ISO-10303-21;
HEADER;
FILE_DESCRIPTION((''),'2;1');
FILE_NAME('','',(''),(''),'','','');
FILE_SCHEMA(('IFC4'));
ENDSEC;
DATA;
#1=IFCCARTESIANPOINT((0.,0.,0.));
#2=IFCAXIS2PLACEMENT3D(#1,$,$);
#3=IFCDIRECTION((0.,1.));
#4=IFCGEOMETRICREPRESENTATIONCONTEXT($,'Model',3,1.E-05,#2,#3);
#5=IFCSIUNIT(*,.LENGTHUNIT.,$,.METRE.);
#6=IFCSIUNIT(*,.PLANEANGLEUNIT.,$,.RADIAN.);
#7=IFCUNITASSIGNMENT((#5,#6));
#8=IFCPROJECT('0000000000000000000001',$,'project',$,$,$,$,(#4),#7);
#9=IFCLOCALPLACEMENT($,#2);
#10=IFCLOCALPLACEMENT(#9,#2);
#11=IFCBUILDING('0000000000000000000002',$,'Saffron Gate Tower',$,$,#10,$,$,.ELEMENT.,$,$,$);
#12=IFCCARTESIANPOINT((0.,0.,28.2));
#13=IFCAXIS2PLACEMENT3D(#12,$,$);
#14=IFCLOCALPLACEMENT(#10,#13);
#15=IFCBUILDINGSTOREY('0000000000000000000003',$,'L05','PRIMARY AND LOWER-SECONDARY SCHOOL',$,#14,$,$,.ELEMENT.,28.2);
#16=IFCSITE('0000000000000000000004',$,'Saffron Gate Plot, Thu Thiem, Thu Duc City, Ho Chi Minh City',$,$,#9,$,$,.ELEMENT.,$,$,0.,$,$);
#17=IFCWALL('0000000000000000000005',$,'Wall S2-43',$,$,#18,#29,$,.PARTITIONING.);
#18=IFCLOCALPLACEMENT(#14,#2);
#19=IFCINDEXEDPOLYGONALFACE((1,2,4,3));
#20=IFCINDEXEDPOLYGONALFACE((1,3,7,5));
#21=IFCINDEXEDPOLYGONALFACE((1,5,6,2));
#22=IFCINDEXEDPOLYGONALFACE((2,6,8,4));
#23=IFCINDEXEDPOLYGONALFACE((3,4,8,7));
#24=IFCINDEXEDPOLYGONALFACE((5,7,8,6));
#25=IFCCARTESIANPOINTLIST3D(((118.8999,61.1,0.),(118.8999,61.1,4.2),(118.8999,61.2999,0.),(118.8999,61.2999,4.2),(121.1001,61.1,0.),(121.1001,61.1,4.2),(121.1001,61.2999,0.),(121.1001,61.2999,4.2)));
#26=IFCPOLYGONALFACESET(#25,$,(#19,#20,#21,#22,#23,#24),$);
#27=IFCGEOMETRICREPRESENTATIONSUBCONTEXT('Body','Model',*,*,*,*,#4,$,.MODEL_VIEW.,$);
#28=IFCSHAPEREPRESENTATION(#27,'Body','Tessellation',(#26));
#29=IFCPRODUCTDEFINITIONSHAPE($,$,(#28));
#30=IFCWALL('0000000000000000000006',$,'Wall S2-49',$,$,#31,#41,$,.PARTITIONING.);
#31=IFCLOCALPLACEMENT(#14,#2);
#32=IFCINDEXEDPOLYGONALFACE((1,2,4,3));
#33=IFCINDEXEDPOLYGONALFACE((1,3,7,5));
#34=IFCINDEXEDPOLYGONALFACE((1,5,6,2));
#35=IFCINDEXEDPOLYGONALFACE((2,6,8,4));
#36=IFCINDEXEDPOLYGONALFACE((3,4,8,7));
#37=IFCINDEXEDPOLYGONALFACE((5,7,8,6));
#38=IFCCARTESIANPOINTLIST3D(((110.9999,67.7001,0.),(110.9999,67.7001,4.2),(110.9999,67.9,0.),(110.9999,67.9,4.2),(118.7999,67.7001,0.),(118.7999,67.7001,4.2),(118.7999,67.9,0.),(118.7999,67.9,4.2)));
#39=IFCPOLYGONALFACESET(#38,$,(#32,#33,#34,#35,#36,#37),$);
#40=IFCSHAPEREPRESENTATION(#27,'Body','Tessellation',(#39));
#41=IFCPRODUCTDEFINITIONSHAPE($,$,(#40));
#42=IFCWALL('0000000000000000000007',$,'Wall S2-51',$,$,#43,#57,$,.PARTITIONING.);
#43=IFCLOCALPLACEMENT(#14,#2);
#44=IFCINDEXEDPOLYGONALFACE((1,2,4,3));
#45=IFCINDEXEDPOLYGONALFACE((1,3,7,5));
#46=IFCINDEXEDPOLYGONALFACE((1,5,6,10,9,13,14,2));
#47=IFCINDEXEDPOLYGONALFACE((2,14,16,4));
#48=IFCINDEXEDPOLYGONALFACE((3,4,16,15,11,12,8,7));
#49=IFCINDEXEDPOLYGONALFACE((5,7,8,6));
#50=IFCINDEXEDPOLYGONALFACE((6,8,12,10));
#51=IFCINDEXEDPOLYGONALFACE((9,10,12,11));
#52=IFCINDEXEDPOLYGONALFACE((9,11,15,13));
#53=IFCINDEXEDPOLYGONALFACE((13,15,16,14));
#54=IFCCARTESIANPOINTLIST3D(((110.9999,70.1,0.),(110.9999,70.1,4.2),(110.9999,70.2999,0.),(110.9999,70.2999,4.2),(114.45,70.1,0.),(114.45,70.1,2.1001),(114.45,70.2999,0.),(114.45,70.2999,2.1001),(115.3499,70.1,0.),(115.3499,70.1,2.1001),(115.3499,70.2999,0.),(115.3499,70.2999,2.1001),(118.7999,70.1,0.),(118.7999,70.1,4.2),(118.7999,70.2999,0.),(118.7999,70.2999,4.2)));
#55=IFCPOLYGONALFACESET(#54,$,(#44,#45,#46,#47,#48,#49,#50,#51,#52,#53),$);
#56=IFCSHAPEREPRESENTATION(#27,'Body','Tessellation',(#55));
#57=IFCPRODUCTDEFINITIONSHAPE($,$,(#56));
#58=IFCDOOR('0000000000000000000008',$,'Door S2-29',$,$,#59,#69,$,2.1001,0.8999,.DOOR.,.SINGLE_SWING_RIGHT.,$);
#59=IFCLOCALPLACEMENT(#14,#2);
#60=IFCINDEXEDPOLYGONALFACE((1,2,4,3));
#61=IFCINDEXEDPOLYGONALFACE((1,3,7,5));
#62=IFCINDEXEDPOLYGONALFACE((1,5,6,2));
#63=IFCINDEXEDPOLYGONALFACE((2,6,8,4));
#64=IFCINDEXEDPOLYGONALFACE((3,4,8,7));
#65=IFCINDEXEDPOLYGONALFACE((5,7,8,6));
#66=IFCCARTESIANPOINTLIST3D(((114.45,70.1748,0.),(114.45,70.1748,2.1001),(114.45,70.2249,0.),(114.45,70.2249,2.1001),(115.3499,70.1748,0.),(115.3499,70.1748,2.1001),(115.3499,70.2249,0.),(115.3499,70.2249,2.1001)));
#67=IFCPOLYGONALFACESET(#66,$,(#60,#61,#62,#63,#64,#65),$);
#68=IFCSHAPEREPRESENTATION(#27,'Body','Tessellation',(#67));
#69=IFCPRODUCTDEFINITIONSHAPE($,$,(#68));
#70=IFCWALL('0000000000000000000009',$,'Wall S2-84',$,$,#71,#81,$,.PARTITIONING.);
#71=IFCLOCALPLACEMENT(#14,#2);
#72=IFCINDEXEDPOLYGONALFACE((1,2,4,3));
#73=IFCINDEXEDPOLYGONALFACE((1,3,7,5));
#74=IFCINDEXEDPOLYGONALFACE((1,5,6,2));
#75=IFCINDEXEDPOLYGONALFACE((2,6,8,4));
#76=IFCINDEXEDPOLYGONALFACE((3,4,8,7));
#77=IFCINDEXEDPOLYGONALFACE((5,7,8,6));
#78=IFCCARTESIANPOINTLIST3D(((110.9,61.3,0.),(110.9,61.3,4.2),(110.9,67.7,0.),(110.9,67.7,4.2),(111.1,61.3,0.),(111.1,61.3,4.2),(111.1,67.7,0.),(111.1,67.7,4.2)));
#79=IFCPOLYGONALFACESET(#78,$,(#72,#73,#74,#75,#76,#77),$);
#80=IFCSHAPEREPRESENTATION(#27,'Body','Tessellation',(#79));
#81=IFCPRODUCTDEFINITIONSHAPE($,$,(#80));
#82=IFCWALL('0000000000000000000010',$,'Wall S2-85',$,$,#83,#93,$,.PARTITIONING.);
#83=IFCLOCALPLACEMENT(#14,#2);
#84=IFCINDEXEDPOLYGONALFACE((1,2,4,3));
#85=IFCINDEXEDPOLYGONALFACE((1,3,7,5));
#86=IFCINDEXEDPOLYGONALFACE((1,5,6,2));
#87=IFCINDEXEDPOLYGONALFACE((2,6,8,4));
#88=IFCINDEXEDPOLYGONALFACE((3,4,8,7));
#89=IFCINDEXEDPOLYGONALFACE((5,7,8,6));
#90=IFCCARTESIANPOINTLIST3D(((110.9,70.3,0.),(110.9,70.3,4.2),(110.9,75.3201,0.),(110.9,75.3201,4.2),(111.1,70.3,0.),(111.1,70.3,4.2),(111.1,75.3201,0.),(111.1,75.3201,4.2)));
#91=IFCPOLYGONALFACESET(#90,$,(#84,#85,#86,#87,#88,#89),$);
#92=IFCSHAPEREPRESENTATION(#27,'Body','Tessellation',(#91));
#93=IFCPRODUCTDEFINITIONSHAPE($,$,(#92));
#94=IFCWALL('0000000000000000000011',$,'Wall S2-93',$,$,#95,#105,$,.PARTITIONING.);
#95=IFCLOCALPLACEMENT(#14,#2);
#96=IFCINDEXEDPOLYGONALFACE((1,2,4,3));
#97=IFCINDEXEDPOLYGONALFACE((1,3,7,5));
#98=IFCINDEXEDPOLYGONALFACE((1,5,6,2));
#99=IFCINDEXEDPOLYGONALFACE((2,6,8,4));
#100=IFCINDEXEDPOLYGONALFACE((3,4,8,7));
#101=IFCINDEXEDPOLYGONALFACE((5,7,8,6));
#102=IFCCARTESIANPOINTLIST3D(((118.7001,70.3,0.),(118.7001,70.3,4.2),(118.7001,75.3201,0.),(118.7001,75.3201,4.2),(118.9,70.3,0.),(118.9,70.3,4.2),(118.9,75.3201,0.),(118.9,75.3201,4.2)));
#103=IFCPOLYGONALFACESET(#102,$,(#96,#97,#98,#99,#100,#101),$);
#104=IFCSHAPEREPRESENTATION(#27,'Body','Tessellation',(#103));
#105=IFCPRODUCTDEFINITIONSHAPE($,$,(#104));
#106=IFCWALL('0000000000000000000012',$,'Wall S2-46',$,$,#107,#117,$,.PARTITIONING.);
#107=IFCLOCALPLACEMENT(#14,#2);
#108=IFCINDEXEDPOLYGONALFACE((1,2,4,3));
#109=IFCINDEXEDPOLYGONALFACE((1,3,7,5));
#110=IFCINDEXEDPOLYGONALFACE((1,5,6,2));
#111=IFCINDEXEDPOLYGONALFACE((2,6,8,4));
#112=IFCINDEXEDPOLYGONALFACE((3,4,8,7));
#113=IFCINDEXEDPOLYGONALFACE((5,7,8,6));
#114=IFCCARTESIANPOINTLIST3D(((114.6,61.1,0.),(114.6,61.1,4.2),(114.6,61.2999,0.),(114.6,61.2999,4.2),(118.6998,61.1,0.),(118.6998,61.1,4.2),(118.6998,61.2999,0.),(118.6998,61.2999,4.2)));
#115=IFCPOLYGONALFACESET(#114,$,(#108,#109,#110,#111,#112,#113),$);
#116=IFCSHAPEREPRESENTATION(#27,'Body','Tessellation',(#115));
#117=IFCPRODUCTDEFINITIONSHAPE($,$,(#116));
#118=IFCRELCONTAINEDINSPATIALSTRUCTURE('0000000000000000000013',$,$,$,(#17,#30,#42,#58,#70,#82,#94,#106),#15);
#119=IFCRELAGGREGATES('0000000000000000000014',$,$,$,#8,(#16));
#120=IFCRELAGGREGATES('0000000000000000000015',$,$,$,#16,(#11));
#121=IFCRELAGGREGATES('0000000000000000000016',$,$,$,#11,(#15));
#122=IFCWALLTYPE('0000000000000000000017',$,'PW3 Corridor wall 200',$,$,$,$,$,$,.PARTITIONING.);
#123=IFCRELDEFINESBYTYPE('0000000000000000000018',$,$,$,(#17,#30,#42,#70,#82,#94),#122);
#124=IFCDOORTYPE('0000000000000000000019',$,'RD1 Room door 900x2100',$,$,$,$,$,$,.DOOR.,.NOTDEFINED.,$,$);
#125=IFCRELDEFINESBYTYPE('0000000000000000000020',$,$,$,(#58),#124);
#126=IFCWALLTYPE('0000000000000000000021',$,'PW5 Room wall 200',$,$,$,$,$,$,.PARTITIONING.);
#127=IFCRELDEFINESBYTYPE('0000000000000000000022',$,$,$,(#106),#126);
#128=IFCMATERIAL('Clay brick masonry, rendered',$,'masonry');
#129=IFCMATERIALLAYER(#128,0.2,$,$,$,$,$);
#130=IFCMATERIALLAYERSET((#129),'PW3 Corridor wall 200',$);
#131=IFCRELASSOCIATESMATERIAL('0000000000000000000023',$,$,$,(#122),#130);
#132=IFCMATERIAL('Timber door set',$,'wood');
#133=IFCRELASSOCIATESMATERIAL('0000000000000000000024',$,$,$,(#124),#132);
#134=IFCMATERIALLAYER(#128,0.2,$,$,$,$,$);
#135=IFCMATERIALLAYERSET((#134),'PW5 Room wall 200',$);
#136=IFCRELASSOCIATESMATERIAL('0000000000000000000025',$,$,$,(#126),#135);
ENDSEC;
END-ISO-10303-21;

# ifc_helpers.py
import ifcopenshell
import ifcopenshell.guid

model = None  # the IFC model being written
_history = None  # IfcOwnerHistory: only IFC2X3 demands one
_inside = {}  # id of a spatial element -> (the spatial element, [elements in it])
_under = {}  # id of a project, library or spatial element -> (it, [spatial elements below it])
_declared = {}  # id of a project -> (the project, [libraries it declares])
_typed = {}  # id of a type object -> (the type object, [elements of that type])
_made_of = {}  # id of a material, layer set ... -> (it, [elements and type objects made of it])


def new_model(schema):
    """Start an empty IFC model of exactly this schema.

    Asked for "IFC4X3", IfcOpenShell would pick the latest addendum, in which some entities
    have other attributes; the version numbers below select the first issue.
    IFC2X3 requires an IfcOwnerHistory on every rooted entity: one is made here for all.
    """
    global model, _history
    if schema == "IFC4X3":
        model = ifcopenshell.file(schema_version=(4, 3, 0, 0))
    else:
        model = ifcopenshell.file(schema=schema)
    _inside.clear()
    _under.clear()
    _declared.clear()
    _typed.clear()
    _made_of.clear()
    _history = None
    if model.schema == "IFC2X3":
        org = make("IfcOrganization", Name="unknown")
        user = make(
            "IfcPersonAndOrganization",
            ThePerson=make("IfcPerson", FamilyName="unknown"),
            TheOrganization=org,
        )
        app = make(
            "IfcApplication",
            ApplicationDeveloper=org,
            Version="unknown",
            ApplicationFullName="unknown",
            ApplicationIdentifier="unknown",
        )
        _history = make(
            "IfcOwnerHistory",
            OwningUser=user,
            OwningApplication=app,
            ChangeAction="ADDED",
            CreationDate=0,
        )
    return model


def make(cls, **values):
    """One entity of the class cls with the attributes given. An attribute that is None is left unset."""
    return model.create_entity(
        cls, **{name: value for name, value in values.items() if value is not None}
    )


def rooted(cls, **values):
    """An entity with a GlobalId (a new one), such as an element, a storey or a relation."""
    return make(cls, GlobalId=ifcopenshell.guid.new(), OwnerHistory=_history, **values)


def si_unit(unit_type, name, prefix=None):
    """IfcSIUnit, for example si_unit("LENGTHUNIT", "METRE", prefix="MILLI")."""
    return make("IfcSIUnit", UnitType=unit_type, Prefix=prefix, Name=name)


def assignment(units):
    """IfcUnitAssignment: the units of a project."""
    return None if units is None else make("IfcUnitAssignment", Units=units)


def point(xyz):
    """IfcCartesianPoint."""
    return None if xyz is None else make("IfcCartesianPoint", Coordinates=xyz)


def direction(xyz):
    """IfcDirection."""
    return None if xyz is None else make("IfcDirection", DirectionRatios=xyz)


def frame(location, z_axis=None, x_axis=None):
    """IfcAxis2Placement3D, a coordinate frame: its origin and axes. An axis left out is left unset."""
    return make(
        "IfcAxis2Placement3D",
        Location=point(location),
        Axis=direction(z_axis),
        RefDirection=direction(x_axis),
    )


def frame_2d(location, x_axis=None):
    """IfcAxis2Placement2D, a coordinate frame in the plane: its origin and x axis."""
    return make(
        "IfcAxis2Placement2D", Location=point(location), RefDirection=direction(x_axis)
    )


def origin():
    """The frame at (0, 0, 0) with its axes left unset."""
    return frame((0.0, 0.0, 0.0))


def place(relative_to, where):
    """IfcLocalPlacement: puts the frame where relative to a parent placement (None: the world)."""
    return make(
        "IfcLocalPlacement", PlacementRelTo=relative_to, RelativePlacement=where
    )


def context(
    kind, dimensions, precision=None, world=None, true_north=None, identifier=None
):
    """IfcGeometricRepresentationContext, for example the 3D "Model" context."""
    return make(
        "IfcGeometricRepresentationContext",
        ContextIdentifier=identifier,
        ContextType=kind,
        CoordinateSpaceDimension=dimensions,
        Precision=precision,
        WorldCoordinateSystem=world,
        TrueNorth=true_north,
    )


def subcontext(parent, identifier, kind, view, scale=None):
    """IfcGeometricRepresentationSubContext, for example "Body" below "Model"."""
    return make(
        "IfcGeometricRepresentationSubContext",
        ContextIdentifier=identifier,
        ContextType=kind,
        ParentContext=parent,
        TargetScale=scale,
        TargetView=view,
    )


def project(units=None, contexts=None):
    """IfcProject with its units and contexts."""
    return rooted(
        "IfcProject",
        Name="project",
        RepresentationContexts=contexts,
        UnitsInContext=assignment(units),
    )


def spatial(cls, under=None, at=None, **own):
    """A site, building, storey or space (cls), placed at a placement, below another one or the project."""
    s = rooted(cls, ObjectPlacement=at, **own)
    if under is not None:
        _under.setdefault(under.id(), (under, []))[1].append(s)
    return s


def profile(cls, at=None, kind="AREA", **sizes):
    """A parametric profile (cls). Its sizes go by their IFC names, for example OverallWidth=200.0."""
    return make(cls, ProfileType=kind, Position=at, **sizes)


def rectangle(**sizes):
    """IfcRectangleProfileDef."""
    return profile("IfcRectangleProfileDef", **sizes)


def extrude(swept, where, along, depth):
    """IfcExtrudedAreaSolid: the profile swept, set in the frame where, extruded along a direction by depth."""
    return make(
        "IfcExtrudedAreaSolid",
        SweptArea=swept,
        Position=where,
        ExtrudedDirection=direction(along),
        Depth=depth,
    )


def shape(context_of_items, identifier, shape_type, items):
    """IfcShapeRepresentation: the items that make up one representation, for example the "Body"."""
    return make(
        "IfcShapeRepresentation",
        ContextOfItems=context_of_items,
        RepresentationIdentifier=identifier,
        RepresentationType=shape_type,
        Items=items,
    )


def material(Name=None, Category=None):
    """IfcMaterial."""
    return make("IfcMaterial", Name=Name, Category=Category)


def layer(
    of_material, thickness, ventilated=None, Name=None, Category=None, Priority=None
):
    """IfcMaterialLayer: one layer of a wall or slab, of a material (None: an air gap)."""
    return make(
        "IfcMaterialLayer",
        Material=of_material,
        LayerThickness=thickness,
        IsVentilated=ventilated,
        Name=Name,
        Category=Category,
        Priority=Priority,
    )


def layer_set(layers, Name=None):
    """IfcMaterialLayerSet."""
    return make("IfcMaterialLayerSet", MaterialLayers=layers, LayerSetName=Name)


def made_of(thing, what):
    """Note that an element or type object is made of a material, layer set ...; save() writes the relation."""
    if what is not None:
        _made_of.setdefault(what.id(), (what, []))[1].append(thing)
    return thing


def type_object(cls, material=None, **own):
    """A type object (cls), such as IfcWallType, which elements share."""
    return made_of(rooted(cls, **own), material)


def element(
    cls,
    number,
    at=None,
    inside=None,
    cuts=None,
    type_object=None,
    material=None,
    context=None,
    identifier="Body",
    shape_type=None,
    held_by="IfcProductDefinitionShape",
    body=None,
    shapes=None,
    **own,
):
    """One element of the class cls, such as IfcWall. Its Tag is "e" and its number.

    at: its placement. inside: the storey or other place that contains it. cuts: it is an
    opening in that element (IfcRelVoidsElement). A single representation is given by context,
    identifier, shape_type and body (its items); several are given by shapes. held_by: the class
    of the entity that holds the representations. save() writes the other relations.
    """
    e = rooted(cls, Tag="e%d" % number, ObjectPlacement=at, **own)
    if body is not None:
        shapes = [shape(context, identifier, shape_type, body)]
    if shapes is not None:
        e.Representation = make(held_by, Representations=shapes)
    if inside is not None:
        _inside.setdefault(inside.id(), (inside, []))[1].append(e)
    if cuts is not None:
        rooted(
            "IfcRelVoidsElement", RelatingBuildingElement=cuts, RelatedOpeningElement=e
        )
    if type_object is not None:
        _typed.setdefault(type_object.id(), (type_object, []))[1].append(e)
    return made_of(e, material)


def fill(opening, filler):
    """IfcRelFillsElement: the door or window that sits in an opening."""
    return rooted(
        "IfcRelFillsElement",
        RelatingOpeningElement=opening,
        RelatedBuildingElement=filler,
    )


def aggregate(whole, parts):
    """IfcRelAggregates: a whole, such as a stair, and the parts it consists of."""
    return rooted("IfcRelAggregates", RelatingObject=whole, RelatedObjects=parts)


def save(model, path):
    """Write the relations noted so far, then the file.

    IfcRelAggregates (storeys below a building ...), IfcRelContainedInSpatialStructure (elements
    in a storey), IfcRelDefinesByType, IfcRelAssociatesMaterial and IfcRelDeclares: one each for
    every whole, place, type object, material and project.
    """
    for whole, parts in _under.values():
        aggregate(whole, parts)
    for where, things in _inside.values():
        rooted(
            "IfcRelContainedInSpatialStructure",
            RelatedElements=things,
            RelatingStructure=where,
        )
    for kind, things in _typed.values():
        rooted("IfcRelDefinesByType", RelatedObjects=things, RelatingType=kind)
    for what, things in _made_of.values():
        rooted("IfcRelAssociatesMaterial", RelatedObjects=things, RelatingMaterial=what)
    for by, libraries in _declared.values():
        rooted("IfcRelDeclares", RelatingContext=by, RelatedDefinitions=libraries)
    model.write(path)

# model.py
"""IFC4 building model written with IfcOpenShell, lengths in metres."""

from ifc_helpers import new_model, si_unit, direction, frame, frame_2d, origin, place, context, subcontext, project, spatial, rectangle, extrude, material, layer, layer_set, type_object, element, fill, save


model = new_model("IFC4")

# Units and contexts
model_context = context("Model", 3, precision=1e-05, world=origin(), true_north=direction((0.0, 1.0)))
body_context = subcontext(model_context, "Body", "Model", "MODEL_VIEW")
ifc_project = project(units=[si_unit("LENGTHUNIT", "METRE"), si_unit("PLANEANGLEUNIT", "RADIAN")], contexts=[model_context])

# Site, building, storey
site_placement = place(None, origin())
site = spatial("IfcSite", under=ifc_project, at=site_placement, Name="Saffron Gate Plot, Thu Thiem, Thu Duc City, Ho Chi Minh City", CompositionType="ELEMENT", RefElevation=0.0)
building_placement = place(site_placement, origin())
building = spatial("IfcBuilding", under=site, at=building_placement, Name="Saffron Gate Tower", CompositionType="ELEMENT")
storey_placement = place(building_placement, frame((0.0, 0.0, 28.2)))
storey = spatial("IfcBuildingStorey", under=building, at=storey_placement, Name="L05", Description="PRIMARY AND LOWER-SECONDARY SCHOOL", CompositionType="ELEMENT", Elevation=28.2)

# Walls
ifc_material_1 = material(Name="Clay brick masonry, rendered", Category="masonry")
ifc_layer_1 = layer(ifc_material_1, 0.2)
ifc_layer_set_1 = layer_set([ifc_layer_1], Name="PW3 Corridor wall 200")
wall_type_1 = type_object("IfcWallType", Name="PW3 Corridor wall 200", PredefinedType="PARTITIONING", material=ifc_layer_set_1)
wall_1_placement = place(storey_placement, frame((118.8999, 61.2, 0.0), z_axis=(0.0, 0.0, 1.0), x_axis=(1.0, 0.0, 0.0)))
element("IfcWall", 1, at=wall_1_placement, inside=storey, type_object=wall_type_1, Name="Wall S2-43", PredefinedType="PARTITIONING", context=body_context, shape_type="SweptSolid", body=[
    extrude(rectangle(XDim=2.2002, YDim=0.2, at=frame_2d((1.1001, 0.0))), origin(), (0.0, 0.0, 1.0), 4.2),
])
wall_2_placement = place(storey_placement, frame((111.0, 67.8, 0.0), z_axis=(0.0, 0.0, 1.0), x_axis=(1.0, 0.0, 0.0)))
element("IfcWall", 2, at=wall_2_placement, inside=storey, type_object=wall_type_1, Name="Wall S2-49", PredefinedType="PARTITIONING", context=body_context, shape_type="SweptSolid", body=[
    extrude(rectangle(XDim=7.8, YDim=0.2, at=frame_2d((3.8999, 0.0))), origin(), (0.0, 0.0, 1.0), 4.2),
])

# Wall, opening, door
wall_3_placement = place(storey_placement, frame((111.0, 70.2, 0.0), z_axis=(0.0, 0.0, 1.0), x_axis=(1.0, 0.0, 0.0)))
wall_3 = element("IfcWall", 3, at=wall_3_placement, inside=storey, type_object=wall_type_1, Name="Wall S2-51", PredefinedType="PARTITIONING", context=body_context, shape_type="SweptSolid", body=[
    extrude(rectangle(XDim=7.8, YDim=0.2, at=frame_2d((3.8999, 0.0))), origin(), (0.0, 0.0, 1.0), 4.2),
])
opening_1_placement = place(wall_3_placement, frame((3.45, 0.0, 0.0)))
opening_1 = element("IfcOpeningElement", 4, at=opening_1_placement, cuts=wall_3, PredefinedType="OPENING", context=body_context, shape_type="SweptSolid", body=[
    extrude(rectangle(XDim=0.8999, YDim=2.1001, at=frame_2d((0.45, 1.05))), frame((0.0, 0.1099, 0.0), z_axis=(0.0, -1.0, 0.0), x_axis=(1.0, 0.0, 0.0)), (0.0, 0.0, 1.0), 0.22),
])
ifc_material_2 = material(Name="Timber door set", Category="wood")
door_type_1 = type_object("IfcDoorType", Name="RD1 Room door 900x2100", OperationType="NOTDEFINED", PredefinedType="DOOR", material=ifc_material_2)
door_1_placement = place(opening_1_placement, origin())
door_1 = element("IfcDoor", 5, at=door_1_placement, inside=storey, type_object=door_type_1, Name="Door S2-29", OperationType="SINGLE_SWING_RIGHT", OverallHeight=2.1001, OverallWidth=0.8999, PredefinedType="DOOR", context=body_context, shape_type="SweptSolid", body=[
    extrude(rectangle(XDim=0.8999, YDim=2.1001, at=frame_2d((0.45, 1.05))), frame((0.0, 0.0249, 0.0), z_axis=(0.0, -1.0, 0.0), x_axis=(1.0, 0.0, 0.0)), (0.0, 0.0, 1.0), 0.05),
])
fill(opening_1, door_1)

# Walls
wall_4_placement = place(storey_placement, frame((111.0, 67.7, 0.0), z_axis=(0.0, 0.0, 1.0), x_axis=(0.0, -1.0, 0.0)))
element("IfcWall", 6, at=wall_4_placement, inside=storey, type_object=wall_type_1, Name="Wall S2-84", PredefinedType="PARTITIONING", context=body_context, shape_type="SweptSolid", body=[
    extrude(rectangle(XDim=6.3999, YDim=0.2, at=frame_2d((3.2, 0.0))), origin(), (0.0, 0.0, 1.0), 4.2),
])
for number, where, z_axis, x_axis, name in (
    (7, (111.0, 75.3201, 0.0), (0.0, 0.0, 1.0), (0.0, -1.0, 0.0), "Wall S2-85"),
    (8, (118.8, 75.3201, 0.0), (0.0, 0.0, 1.0), (0.0, -1.0, 0.0), "Wall S2-93"),
):
    element("IfcWall", number, at=place(storey_placement, frame(where, z_axis=z_axis, x_axis=x_axis)), inside=storey, type_object=wall_type_1, Name=name, PredefinedType="PARTITIONING", context=body_context, shape_type="SweptSolid", body=[
        extrude(rectangle(XDim=5.02, YDim=0.2, at=frame_2d((2.51, 0.0))), origin(), (0.0, 0.0, 1.0), 4.2),
    ])
ifc_layer_2 = layer(ifc_material_1, 0.2)
ifc_layer_set_2 = layer_set([ifc_layer_2], Name="PW5 Room wall 200")
wall_type_2 = type_object("IfcWallType", Name="PW5 Room wall 200", PredefinedType="PARTITIONING", material=ifc_layer_set_2)
wall_5_placement = place(storey_placement, frame((114.6001, 61.2, 0.0), z_axis=(0.0, 0.0, 1.0), x_axis=(1.0, 0.0, 0.0)))
element("IfcWall", 9, at=wall_5_placement, inside=storey, type_object=wall_type_2, Name="Wall S2-46", PredefinedType="PARTITIONING", context=body_context, shape_type="SweptSolid", body=[
    extrude(rectangle(XDim=4.0999, YDim=0.2, at=frame_2d((2.0498, 0.0))), origin(), (0.0, 0.0, 1.0), 4.2),
])

save(model, "model.ifc")
